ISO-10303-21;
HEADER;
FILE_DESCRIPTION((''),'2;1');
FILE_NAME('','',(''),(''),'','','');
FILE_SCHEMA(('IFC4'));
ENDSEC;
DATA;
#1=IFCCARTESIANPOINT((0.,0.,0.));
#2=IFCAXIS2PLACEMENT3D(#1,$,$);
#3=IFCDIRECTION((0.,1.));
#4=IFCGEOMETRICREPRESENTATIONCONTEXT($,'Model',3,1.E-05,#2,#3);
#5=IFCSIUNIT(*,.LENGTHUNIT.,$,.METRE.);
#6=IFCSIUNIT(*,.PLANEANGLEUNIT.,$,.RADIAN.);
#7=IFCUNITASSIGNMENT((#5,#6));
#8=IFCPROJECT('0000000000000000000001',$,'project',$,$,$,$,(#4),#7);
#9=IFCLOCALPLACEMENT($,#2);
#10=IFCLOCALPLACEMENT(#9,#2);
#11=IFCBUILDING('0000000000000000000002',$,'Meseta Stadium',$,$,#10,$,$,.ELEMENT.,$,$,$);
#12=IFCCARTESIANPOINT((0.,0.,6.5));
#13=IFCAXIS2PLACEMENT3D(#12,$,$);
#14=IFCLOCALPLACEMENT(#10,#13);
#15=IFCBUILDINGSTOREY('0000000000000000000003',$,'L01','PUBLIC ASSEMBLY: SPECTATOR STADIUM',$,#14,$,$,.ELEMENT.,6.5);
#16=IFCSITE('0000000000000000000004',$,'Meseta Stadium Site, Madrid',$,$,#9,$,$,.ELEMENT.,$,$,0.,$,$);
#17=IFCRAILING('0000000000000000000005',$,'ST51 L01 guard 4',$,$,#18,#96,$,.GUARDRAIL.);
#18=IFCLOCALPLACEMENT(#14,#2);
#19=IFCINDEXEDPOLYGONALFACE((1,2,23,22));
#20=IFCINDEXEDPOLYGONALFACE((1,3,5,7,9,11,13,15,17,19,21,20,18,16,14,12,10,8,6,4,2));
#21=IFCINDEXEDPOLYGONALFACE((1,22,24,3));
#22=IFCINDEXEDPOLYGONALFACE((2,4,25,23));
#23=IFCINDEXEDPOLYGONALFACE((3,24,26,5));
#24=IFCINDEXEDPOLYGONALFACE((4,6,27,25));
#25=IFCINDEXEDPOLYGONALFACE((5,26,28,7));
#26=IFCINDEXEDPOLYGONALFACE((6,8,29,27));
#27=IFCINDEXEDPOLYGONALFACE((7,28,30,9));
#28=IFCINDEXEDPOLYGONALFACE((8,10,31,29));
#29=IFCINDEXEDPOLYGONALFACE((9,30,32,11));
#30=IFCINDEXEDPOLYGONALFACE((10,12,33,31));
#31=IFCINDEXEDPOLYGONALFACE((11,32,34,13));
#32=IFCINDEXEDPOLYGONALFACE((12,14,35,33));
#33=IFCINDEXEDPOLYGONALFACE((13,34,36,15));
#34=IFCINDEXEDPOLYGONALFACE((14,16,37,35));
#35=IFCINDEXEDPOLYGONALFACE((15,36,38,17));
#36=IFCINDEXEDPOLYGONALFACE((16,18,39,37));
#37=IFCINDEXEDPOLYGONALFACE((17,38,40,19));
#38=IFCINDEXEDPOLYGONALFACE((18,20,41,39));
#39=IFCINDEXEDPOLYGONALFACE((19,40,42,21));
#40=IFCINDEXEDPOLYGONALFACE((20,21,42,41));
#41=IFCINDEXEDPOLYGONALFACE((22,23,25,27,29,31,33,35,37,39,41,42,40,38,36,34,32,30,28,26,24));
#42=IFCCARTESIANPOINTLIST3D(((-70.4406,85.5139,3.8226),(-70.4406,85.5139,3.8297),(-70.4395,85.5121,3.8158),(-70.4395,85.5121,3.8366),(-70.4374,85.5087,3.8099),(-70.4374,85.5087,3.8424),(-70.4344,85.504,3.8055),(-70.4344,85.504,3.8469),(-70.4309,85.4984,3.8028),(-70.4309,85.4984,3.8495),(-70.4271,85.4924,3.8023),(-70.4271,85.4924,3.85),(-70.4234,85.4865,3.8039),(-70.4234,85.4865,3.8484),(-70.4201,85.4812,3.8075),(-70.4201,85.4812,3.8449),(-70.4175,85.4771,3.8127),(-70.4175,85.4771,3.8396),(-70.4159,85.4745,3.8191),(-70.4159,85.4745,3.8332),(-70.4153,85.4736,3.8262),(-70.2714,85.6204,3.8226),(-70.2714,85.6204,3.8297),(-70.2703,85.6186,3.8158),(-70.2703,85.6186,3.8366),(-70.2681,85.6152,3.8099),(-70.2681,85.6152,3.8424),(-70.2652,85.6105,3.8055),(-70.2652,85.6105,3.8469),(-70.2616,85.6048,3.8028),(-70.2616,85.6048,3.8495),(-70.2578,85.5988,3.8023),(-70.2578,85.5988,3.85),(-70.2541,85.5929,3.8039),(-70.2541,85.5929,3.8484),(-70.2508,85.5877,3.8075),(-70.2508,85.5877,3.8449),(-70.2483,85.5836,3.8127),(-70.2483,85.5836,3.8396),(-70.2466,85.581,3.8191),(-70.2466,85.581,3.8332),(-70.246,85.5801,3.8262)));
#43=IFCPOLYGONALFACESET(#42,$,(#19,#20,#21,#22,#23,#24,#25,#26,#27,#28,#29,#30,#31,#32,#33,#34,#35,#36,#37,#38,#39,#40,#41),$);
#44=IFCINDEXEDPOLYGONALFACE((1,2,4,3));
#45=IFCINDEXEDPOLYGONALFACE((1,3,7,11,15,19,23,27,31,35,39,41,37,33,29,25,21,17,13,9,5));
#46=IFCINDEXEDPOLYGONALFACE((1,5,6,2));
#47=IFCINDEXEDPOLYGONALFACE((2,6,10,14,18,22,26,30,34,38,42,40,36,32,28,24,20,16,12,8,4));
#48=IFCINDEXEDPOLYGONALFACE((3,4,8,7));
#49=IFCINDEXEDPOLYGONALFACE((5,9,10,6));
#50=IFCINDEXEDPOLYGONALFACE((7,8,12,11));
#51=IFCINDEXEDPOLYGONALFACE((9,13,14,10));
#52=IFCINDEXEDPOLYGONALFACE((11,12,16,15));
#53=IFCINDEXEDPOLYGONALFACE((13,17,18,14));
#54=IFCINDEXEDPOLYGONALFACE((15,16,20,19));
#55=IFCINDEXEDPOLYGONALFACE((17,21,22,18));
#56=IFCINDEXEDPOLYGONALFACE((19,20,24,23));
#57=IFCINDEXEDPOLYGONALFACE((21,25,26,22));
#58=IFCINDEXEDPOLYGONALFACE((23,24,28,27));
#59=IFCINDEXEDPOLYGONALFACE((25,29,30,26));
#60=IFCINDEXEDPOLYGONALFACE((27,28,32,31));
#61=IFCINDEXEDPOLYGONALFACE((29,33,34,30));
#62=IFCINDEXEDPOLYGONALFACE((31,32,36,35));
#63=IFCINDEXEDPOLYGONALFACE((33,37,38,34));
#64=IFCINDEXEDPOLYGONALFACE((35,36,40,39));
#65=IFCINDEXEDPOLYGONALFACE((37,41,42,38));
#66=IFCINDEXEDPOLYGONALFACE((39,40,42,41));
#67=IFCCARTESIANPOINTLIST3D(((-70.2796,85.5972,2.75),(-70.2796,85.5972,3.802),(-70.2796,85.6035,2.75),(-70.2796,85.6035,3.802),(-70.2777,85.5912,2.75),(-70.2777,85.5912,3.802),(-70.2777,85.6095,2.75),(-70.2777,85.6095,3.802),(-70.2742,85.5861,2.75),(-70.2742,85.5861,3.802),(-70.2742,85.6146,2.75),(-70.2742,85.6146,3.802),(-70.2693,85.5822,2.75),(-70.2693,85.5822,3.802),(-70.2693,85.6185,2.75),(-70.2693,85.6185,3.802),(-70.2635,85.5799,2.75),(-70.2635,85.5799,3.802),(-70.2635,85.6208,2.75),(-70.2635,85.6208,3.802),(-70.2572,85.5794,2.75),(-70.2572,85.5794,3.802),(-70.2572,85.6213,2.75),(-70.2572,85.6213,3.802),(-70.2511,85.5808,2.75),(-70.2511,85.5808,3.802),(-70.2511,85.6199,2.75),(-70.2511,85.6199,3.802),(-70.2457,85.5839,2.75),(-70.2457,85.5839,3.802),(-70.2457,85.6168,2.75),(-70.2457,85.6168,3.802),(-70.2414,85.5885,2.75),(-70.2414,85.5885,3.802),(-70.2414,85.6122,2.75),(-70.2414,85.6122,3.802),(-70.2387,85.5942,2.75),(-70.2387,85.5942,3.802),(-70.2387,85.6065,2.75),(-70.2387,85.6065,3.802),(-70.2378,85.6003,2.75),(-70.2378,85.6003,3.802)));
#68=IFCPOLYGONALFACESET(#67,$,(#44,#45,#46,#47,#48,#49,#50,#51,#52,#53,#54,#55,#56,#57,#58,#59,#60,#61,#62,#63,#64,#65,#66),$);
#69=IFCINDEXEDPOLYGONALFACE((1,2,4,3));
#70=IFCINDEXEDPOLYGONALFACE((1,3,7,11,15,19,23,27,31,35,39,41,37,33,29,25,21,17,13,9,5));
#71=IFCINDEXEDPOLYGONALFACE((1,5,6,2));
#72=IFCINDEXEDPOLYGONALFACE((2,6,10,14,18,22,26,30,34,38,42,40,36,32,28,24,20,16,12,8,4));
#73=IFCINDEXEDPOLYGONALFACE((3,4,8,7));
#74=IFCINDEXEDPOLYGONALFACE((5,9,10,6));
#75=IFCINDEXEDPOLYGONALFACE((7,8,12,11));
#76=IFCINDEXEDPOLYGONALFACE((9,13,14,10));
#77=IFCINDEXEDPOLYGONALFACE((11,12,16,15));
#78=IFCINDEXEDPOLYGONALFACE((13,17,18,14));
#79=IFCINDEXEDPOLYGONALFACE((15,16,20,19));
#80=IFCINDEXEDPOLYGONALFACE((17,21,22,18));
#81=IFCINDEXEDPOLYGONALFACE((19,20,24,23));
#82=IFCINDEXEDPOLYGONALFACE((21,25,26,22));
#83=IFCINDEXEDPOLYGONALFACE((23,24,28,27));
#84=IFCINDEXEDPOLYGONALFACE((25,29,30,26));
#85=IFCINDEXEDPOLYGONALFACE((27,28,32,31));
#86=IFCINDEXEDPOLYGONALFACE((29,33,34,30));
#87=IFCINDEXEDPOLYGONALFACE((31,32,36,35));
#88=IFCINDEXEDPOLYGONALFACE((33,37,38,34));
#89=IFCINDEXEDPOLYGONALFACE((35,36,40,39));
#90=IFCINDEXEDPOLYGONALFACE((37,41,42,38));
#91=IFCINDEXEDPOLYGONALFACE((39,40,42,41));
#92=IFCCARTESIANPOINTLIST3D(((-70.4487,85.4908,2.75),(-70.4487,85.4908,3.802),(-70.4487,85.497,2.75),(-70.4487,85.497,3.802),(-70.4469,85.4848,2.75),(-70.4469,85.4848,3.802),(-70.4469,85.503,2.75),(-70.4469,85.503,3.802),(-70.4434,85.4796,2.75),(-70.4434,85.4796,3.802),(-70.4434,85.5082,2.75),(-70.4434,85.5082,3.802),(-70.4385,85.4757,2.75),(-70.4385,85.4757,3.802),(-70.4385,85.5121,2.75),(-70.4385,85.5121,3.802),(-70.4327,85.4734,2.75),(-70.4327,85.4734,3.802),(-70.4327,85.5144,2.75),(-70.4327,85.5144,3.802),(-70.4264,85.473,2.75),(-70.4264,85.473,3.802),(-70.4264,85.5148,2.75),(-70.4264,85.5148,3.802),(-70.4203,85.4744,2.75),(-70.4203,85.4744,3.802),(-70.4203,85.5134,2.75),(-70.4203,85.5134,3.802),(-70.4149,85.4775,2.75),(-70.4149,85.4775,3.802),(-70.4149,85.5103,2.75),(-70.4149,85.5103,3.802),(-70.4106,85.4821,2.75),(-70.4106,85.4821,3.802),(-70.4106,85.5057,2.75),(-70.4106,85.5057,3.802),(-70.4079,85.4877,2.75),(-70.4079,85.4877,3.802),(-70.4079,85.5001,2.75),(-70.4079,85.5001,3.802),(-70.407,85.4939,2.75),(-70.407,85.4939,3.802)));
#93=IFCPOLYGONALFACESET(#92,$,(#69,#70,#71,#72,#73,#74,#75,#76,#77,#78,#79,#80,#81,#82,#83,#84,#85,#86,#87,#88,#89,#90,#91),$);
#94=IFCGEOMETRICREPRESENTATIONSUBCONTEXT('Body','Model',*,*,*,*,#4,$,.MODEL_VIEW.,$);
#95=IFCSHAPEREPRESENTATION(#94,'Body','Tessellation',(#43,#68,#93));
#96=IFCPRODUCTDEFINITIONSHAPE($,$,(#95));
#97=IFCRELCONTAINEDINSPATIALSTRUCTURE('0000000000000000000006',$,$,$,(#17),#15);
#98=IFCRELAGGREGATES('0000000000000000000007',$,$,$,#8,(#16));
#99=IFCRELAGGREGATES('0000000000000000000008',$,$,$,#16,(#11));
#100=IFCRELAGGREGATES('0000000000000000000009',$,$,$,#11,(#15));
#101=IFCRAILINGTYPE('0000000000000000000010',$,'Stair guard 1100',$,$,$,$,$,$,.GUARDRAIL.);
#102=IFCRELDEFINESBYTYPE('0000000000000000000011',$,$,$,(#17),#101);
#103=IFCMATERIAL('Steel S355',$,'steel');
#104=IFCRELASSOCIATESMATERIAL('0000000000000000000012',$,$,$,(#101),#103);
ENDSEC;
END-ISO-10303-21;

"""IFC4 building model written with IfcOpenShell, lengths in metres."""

from ifc_helpers import new_model, si_unit, direction, frame, origin, origin_2d, place, context, subcontext, project, spatial, circle, extrude, material, type_object, element, save


model = new_model("IFC4")

# Units and contexts
model_context = context("Model", 3, precision=1e-05, world=origin(), true_north=direction((0.0, 1.0)))
body_context = subcontext(model_context, "Body", "Model", "MODEL_VIEW")
ifc_project = project(units=[si_unit("LENGTHUNIT", "METRE"), si_unit("PLANEANGLEUNIT", "RADIAN")], contexts=[model_context])

# Site, building, storey
site_placement = place(None, origin())
site = spatial("IfcSite", under=ifc_project, at=site_placement, Name="Meseta Stadium Site, Madrid", CompositionType="ELEMENT", RefElevation=0.0)
building_placement = place(site_placement, origin())
building = spatial("IfcBuilding", under=site, at=building_placement, Name="Meseta Stadium", CompositionType="ELEMENT")
storey_placement = place(building_placement, frame((0.0, 0.0, 6.5)))
storey = spatial("IfcBuildingStorey", under=building, at=storey_placement, Name="L01", Description="PUBLIC ASSEMBLY: SPECTATOR STADIUM", CompositionType="ELEMENT", Elevation=6.5)

# Railing
ifc_material_1 = material(Name="Steel S355", Category="steel")
railing_type_1 = type_object("IfcRailingType", Name="Stair guard 1100", PredefinedType="GUARDRAIL", material=ifc_material_1)
railing_1_placement = place(storey_placement, frame((-70.2588, 85.6003, 2.75)))
element("IfcRailing", 1, at=railing_1_placement, inside=storey, type_object=railing_type_1, Name="ST51 L01 guard 4", PredefinedType="GUARDRAIL", context=body_context, shape_type="SweptSolid", body=[
    extrude(circle(Radius=0.0239, at=origin_2d()), frame((0.0, 0.0, 1.0762), z_axis=(-0.846416, -0.532522, 0.0), x_axis=(0.532522, -0.846416, 0.0)), (0.0, 0.0, 1.0), 0.2),
    extrude(circle(Radius=0.021, at=origin_2d()), origin(), (0.0, 0.0, 1.0), 1.052),
    extrude(circle(Radius=0.021, at=origin_2d()), frame((-0.1692, -0.1064, 0.0)), (0.0, 0.0, 1.0), 1.052),
])

save(model, "model.ifc")
